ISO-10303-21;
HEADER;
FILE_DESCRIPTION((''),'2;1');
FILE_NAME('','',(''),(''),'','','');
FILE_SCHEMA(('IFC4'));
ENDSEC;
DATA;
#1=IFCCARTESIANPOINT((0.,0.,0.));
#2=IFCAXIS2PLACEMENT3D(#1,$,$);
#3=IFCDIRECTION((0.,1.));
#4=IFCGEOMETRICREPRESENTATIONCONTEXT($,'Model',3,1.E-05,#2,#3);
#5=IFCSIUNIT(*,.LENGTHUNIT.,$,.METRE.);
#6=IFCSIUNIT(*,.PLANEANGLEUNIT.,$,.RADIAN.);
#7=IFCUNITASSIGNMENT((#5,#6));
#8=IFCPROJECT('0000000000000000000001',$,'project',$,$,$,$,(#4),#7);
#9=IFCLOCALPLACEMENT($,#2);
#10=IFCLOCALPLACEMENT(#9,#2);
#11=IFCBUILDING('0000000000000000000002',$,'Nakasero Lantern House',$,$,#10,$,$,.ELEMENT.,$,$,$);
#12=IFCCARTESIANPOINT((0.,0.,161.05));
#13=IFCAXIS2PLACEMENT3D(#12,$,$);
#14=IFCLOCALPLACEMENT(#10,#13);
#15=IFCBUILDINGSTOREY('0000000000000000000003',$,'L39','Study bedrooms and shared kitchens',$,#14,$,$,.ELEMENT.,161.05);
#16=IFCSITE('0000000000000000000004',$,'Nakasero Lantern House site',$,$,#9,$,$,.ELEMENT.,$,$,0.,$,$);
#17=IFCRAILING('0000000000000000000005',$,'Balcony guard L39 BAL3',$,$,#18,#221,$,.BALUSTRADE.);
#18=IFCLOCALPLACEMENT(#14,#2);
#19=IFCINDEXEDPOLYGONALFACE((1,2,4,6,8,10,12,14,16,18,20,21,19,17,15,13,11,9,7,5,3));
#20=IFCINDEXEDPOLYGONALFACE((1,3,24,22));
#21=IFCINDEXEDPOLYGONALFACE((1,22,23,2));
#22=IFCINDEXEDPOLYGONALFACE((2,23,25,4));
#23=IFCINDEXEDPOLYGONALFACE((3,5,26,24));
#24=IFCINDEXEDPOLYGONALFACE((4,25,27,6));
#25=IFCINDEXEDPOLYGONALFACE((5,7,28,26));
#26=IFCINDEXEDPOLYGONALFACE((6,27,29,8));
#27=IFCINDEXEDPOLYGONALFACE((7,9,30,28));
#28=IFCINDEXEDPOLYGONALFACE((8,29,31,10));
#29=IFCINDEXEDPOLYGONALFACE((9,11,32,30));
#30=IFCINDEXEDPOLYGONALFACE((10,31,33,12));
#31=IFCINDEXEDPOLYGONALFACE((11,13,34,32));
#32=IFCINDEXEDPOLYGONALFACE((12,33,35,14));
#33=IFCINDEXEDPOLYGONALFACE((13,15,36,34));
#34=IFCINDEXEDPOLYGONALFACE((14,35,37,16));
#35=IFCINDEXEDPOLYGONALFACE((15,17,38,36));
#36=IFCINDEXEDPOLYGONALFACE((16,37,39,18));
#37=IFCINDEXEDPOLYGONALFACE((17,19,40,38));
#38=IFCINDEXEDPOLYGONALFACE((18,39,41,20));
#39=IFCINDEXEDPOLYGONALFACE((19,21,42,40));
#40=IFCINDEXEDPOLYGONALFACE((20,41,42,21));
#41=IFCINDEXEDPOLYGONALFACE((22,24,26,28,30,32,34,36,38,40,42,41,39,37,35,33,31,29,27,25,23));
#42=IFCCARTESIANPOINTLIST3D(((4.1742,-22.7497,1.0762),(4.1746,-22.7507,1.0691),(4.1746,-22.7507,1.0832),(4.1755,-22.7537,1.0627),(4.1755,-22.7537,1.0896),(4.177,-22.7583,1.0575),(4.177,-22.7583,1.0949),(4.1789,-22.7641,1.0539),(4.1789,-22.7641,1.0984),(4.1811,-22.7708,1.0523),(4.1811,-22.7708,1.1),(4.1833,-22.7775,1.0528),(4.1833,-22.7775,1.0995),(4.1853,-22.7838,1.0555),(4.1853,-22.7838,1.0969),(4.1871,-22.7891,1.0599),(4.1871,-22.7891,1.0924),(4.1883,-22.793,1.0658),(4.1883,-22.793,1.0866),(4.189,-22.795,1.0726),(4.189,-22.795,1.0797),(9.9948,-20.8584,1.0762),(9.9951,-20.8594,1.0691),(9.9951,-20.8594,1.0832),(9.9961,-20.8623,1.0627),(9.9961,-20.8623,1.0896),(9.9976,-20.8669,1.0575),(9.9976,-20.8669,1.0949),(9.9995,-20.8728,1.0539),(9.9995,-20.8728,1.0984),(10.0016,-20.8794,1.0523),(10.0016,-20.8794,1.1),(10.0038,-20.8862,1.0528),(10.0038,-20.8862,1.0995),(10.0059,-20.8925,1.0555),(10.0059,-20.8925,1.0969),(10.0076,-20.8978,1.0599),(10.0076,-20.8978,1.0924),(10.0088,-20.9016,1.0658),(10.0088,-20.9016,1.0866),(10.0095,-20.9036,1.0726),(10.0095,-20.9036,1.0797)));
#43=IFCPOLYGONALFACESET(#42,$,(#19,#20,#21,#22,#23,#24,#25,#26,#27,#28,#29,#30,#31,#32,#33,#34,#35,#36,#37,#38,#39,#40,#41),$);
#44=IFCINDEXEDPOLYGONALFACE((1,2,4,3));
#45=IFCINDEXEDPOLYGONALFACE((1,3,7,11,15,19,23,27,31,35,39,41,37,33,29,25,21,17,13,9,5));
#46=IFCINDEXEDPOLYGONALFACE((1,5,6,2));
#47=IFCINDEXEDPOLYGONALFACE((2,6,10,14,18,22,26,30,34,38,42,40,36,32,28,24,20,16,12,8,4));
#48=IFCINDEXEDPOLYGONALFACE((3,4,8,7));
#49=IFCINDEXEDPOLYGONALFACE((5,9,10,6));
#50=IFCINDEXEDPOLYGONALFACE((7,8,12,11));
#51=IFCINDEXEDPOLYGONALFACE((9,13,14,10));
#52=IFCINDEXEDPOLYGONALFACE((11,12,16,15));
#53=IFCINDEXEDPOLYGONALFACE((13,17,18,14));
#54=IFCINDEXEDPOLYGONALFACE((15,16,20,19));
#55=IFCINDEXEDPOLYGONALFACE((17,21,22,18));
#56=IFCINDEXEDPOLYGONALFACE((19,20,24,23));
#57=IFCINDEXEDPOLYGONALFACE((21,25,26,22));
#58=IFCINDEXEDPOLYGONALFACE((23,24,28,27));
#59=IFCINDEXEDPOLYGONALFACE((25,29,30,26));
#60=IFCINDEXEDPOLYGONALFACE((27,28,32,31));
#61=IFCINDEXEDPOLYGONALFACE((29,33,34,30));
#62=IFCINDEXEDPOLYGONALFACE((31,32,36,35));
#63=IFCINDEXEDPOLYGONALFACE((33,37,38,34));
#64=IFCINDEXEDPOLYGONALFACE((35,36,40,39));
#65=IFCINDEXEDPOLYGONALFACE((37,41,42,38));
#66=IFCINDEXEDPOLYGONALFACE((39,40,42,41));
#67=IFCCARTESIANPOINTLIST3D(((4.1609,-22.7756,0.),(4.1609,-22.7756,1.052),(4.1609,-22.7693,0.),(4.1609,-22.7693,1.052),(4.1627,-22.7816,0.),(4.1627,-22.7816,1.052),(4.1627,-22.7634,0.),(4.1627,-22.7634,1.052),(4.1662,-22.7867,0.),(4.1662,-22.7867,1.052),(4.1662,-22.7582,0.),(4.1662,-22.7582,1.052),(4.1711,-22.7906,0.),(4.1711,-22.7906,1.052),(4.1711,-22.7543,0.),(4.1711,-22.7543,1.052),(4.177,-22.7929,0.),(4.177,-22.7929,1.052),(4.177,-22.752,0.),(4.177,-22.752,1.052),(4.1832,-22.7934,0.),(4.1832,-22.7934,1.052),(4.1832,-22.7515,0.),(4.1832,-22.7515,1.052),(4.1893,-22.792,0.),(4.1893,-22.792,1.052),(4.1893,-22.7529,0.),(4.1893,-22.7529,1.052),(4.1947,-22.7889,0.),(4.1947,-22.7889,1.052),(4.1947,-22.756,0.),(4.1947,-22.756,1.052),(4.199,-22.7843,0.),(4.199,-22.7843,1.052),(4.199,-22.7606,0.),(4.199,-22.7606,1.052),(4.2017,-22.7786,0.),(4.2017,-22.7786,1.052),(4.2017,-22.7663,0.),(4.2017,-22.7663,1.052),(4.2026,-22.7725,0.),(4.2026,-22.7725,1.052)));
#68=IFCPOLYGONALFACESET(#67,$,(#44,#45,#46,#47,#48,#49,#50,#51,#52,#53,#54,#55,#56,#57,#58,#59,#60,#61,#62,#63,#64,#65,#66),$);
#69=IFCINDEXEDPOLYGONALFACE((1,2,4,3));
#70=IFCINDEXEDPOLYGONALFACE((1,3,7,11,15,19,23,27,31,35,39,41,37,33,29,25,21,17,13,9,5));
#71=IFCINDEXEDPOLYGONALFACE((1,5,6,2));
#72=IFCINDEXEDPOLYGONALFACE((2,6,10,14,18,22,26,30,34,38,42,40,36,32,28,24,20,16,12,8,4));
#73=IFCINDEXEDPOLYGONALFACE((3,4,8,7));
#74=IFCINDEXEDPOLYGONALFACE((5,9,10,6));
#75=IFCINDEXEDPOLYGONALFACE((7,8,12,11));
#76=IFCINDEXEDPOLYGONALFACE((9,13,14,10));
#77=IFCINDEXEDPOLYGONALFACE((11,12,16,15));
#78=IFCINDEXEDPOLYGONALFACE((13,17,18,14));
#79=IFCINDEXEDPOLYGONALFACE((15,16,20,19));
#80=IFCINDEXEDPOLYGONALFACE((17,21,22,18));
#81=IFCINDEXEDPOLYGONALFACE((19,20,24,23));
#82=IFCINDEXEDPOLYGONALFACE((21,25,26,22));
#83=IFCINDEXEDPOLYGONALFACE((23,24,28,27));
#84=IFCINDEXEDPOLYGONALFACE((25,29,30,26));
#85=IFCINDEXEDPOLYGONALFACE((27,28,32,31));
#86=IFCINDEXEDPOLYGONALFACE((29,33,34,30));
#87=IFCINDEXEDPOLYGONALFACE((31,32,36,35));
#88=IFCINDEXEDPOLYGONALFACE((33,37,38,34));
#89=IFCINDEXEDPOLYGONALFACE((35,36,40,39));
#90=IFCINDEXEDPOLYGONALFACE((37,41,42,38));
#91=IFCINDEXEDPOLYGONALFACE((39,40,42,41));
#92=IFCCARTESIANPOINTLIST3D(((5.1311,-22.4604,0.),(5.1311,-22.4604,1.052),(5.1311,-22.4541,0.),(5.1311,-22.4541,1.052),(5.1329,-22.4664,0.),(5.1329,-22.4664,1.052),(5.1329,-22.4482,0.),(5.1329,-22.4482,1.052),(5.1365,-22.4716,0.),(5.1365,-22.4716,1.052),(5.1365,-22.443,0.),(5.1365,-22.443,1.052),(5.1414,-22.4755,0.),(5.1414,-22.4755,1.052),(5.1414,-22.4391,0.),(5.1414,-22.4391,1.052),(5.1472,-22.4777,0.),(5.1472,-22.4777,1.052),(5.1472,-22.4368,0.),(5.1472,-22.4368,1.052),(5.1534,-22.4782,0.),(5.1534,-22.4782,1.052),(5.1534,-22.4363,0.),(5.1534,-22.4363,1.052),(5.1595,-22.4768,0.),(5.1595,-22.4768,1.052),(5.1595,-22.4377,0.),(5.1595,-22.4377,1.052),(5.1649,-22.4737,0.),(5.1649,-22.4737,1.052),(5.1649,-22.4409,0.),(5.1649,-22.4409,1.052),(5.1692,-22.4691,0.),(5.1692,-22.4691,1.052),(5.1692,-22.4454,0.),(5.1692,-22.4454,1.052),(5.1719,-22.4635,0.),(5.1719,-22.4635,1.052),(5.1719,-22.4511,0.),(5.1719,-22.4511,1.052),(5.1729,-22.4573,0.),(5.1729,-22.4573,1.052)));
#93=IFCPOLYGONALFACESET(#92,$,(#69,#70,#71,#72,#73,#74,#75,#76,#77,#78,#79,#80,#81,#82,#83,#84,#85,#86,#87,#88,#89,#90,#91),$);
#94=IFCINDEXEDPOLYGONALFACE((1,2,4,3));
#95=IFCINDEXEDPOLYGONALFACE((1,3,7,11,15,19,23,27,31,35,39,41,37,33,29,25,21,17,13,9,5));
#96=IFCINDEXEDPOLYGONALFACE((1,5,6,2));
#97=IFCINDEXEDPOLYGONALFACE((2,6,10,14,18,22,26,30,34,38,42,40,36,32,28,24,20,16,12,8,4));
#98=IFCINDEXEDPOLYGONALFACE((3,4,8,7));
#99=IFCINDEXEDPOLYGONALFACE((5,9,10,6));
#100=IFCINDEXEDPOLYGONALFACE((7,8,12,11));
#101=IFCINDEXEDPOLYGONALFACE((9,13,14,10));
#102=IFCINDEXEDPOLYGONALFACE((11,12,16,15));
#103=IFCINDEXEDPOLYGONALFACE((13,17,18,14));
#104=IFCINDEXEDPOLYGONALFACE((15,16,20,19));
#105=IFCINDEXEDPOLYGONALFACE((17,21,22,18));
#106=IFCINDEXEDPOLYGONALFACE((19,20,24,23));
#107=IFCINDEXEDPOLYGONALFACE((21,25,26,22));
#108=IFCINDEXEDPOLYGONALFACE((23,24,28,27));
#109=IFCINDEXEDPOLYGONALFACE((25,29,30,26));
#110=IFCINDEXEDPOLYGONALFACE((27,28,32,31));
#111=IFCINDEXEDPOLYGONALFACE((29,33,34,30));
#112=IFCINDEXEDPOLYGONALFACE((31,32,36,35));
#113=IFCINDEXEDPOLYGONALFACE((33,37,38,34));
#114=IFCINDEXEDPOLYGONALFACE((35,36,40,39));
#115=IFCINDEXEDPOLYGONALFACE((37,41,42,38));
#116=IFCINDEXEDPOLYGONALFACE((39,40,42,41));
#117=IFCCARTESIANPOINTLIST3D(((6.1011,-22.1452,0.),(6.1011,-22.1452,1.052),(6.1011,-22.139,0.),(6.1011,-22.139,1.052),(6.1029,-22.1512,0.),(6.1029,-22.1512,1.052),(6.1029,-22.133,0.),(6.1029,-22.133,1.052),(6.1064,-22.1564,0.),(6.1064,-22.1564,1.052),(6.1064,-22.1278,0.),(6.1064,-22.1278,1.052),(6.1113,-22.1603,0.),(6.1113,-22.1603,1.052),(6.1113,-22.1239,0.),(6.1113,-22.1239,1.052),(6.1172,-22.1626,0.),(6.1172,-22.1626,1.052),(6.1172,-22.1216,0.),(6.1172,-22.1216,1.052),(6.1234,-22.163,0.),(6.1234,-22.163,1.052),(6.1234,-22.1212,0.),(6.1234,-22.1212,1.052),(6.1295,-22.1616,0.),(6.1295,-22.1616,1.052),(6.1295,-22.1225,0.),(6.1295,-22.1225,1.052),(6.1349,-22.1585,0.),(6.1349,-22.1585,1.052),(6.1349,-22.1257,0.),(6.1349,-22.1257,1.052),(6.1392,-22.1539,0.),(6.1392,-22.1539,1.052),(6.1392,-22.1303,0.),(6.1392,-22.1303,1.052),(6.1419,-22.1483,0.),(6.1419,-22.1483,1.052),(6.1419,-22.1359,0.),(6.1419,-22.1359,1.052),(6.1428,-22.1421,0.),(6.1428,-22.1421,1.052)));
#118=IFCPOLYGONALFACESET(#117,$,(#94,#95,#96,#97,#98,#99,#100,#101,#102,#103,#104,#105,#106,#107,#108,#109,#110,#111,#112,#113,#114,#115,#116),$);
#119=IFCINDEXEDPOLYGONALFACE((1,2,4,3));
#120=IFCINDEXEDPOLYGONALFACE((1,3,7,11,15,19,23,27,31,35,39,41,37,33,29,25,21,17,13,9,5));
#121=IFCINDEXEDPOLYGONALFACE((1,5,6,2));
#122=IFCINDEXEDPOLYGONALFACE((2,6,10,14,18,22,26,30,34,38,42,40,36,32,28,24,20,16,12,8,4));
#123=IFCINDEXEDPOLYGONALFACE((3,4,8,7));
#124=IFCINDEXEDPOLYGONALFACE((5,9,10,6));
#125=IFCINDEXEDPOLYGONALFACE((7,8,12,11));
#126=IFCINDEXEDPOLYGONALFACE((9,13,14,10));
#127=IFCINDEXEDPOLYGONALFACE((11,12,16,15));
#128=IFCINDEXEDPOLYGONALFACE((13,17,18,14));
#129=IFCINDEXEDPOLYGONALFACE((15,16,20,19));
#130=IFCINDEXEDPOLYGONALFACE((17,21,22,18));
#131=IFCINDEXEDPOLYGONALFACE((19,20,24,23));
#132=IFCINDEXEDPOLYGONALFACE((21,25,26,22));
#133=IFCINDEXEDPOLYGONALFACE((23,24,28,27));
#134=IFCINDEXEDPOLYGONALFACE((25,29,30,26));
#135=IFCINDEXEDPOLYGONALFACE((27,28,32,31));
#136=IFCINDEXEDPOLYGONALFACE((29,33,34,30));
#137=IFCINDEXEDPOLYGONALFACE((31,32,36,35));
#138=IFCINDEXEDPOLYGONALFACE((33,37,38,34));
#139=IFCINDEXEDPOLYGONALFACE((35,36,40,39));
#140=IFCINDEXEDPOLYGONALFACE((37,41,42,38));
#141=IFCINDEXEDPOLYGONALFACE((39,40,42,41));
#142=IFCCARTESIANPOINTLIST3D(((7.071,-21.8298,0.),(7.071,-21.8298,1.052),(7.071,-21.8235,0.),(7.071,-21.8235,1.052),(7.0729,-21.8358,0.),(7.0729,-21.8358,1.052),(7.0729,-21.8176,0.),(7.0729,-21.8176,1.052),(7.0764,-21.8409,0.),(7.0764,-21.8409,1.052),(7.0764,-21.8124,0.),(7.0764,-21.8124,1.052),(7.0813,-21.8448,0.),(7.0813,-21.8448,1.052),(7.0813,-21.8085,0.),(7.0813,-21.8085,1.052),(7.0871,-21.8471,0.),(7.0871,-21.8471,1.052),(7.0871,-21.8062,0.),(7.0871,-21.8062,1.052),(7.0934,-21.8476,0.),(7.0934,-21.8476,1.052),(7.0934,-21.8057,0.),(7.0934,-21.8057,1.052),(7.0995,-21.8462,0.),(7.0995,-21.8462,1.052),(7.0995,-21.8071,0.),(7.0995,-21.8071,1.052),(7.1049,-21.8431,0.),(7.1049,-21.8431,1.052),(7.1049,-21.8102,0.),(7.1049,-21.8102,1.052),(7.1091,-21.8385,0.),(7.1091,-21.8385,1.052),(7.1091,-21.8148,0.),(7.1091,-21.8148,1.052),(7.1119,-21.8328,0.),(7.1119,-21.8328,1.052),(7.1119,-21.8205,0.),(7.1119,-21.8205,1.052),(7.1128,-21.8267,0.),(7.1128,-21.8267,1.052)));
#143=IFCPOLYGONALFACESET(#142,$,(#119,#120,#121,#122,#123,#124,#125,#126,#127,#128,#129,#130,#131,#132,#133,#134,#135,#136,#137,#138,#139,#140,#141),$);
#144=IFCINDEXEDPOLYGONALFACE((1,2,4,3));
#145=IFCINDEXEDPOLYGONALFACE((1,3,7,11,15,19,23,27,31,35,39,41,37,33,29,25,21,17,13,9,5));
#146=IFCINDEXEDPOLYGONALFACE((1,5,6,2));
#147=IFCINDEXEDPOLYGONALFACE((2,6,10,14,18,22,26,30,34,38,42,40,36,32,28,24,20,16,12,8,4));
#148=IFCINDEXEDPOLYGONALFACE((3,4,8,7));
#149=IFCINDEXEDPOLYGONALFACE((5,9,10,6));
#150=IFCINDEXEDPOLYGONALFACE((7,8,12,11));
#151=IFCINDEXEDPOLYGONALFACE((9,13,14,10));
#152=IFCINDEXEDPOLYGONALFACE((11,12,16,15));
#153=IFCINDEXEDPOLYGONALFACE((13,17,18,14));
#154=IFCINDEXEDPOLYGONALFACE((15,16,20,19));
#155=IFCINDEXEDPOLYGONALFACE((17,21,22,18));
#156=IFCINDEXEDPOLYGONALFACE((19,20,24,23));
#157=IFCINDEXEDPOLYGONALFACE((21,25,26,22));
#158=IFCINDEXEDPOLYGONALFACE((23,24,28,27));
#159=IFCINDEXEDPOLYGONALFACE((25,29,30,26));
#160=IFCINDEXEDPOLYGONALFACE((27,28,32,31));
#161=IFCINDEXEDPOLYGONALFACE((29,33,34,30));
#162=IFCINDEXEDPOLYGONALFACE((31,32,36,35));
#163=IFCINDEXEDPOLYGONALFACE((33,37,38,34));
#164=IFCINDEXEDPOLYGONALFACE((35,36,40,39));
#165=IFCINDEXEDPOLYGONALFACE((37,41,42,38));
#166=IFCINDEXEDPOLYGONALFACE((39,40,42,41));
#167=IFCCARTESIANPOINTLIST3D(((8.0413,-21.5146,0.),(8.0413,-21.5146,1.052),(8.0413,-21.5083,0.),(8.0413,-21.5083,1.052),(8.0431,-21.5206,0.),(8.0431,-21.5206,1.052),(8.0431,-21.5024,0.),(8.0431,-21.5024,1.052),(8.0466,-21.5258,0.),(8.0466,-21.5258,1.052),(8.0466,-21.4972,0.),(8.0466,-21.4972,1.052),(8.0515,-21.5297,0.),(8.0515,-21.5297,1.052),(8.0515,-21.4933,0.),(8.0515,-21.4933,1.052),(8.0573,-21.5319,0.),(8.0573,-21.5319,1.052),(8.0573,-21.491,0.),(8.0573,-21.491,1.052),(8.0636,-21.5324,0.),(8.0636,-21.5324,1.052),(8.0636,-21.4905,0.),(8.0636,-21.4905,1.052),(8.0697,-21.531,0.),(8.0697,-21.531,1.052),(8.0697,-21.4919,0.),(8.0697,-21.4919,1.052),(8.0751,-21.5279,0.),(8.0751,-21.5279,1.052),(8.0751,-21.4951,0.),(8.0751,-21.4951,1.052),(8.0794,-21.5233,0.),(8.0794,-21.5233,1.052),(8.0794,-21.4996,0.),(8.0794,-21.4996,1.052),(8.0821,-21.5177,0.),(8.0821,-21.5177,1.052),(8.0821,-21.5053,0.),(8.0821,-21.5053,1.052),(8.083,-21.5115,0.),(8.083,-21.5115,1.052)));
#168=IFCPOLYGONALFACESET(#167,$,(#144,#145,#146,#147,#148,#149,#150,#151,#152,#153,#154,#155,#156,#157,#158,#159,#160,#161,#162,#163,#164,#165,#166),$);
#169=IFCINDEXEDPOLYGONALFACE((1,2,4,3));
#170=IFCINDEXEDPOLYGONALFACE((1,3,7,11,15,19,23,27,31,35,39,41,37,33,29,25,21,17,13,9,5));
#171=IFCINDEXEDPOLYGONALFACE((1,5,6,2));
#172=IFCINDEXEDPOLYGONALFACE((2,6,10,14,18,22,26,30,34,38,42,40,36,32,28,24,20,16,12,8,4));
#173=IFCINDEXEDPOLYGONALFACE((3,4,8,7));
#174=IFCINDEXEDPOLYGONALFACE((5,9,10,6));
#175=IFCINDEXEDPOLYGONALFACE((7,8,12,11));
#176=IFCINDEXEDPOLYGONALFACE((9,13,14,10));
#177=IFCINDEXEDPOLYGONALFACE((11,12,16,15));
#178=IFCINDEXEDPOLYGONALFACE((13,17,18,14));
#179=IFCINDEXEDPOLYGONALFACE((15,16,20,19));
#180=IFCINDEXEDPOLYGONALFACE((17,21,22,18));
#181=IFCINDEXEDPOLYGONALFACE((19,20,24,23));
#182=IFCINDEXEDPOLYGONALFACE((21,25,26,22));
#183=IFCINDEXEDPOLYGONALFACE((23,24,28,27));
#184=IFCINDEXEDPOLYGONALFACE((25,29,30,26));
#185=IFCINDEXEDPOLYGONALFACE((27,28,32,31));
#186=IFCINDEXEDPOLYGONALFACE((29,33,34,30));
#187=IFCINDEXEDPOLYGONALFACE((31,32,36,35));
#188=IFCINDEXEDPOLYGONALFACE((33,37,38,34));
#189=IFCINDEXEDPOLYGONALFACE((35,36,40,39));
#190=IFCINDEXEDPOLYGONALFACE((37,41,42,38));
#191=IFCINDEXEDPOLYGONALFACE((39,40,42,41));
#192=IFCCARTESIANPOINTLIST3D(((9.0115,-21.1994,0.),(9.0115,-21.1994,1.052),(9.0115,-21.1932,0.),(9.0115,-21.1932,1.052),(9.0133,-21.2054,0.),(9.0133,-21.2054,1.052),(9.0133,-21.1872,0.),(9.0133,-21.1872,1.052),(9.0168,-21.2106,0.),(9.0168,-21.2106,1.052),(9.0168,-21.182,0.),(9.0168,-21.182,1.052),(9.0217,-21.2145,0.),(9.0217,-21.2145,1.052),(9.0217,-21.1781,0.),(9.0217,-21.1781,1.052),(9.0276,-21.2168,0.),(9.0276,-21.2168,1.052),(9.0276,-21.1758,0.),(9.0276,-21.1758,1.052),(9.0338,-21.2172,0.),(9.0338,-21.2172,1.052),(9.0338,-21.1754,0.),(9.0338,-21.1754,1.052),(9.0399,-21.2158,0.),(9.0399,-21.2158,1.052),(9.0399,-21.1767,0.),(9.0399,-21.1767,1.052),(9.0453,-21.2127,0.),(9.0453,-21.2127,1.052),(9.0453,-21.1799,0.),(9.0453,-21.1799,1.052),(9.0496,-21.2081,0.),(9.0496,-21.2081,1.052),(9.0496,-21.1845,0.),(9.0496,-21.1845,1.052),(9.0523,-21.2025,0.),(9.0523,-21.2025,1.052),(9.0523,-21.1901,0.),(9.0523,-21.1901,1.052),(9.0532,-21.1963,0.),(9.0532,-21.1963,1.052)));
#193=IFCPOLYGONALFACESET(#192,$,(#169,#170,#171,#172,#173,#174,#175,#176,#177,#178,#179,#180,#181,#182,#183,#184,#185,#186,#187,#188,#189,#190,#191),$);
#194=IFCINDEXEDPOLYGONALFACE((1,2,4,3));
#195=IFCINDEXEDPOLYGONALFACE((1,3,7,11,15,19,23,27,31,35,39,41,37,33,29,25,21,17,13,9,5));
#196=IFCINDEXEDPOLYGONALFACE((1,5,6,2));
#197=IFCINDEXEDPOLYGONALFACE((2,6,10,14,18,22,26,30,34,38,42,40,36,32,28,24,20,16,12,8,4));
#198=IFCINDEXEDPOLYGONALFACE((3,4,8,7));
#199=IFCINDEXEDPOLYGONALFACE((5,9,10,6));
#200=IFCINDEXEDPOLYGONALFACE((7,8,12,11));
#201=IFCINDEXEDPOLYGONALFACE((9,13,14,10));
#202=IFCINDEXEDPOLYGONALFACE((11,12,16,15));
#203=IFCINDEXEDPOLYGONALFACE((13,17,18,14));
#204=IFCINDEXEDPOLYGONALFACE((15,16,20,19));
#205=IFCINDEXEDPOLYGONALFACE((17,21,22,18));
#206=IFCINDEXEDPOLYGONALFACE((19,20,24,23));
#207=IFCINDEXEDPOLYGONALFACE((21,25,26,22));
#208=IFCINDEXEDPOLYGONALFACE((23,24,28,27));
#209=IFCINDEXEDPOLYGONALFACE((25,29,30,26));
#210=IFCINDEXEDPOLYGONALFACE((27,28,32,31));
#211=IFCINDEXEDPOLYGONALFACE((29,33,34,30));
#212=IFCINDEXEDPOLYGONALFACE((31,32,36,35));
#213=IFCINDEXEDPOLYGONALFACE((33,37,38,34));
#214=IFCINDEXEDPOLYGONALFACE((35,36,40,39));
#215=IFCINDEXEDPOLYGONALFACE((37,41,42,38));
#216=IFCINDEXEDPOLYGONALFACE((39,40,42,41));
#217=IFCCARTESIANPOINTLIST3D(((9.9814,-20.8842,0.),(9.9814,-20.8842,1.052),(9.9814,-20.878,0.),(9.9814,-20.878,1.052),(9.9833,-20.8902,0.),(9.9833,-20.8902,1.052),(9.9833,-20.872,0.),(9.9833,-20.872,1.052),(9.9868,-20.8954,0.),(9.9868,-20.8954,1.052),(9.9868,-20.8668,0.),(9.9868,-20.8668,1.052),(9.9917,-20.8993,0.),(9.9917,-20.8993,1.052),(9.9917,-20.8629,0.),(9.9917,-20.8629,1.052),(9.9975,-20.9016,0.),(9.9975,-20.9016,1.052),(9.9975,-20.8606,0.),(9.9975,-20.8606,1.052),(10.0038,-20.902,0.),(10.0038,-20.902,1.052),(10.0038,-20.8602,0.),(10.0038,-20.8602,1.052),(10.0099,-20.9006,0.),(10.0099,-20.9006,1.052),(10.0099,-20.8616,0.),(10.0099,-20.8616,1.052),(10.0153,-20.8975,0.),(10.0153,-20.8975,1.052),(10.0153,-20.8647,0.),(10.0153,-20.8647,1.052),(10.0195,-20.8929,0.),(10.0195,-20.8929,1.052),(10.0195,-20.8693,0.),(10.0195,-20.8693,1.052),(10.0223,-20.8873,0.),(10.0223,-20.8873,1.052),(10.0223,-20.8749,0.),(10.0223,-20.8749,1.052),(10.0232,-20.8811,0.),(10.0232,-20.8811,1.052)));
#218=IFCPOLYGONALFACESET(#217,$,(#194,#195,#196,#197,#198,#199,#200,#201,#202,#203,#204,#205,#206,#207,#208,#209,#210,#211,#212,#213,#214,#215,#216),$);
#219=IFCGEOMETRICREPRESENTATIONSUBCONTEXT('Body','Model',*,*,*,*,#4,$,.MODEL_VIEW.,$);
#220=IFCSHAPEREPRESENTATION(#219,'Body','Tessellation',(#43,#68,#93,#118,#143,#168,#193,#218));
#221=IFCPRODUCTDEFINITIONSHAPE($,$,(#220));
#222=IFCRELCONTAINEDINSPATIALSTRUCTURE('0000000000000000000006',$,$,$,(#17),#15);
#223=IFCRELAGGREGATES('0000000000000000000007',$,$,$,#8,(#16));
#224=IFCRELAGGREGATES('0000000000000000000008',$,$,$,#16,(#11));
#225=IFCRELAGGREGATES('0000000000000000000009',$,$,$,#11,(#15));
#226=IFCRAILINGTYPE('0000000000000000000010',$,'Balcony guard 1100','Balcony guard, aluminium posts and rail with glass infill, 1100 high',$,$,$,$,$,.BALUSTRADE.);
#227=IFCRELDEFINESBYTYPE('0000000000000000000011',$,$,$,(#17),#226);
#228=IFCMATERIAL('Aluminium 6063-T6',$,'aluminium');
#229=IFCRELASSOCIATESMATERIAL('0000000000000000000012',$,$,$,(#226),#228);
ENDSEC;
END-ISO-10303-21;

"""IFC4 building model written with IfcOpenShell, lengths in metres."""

from ifc_helpers import new_model, si_unit, direction, frame, origin, origin_2d, place, context, subcontext, project, spatial, circle, extrude, material, type_object, element, save


model = new_model("IFC4")

# Units and contexts
model_context = context("Model", 3, precision=1e-05, world=origin(), true_north=direction((0.0, 1.0)))
body_context = subcontext(model_context, "Body", "Model", "MODEL_VIEW")
ifc_project = project(units=[si_unit("LENGTHUNIT", "METRE"), si_unit("PLANEANGLEUNIT", "RADIAN")], contexts=[model_context])

# Site, building, storey
site_placement = place(None, origin())
site = spatial("IfcSite", under=ifc_project, at=site_placement, Name="Nakasero Lantern House site", CompositionType="ELEMENT", RefElevation=0.0)
building_placement = place(site_placement, origin())
building = spatial("IfcBuilding", under=site, at=building_placement, Name="Nakasero Lantern House", CompositionType="ELEMENT")
storey_placement = place(building_placement, frame((0.0, 0.0, 161.05)))
storey = spatial("IfcBuildingStorey", under=building, at=storey_placement, Name="L39", Description="Study bedrooms and shared kitchens", CompositionType="ELEMENT", Elevation=161.05)

# Railing
ifc_material_1 = material(Name="Aluminium 6063-T6", Category="aluminium")
railing_type = type_object("IfcRailingType", Name="Balcony guard 1100", Description="Balcony guard, aluminium posts and rail with glass infill, 1100 high", PredefinedType="BALUSTRADE", material=ifc_material_1)
railing_placement = place(storey_placement, frame((4.1816, -22.7725, 0.0)))
element("IfcRailing", 1, at=railing_placement, inside=storey, type_object=railing_type, Name="Balcony guard L39 BAL3", PredefinedType="BALUSTRADE", context=body_context, shape_type="SweptSolid", body=[
    extrude(circle(Radius=0.0239, at=origin_2d()), frame((0.0, 0.0, 1.0762), z_axis=(0.95105, 0.309038, 0.0), x_axis=(-0.309038, 0.95105, 0.0)), (0.0, 0.0, 1.0), 6.1201),
    extrude(circle(Radius=0.021, at=origin_2d()), origin(), (0.0, 0.0, 1.0), 1.052),
    extrude(circle(Radius=0.021, at=origin_2d()), frame((0.9702, 0.3152, 0.0)), (0.0, 0.0, 1.0), 1.052),
    extrude(circle(Radius=0.021, at=origin_2d()), frame((1.9402, 0.6304, 0.0)), (0.0, 0.0, 1.0), 1.052),
    extrude(circle(Radius=0.021, at=origin_2d()), frame((2.9102, 0.9458, 0.0)), (0.0, 0.0, 1.0), 1.052),
    extrude(circle(Radius=0.021, at=origin_2d()), frame((3.8804, 1.261, 0.0)), (0.0, 0.0, 1.0), 1.052),
    extrude(circle(Radius=0.021, at=origin_2d()), frame((4.8506, 1.5762, 0.0)), (0.0, 0.0, 1.0), 1.052),
    extrude(circle(Radius=0.021, at=origin_2d()), frame((5.8206, 1.8914, 0.0)), (0.0, 0.0, 1.0), 1.052),
])

save(model, "model.ifc")
